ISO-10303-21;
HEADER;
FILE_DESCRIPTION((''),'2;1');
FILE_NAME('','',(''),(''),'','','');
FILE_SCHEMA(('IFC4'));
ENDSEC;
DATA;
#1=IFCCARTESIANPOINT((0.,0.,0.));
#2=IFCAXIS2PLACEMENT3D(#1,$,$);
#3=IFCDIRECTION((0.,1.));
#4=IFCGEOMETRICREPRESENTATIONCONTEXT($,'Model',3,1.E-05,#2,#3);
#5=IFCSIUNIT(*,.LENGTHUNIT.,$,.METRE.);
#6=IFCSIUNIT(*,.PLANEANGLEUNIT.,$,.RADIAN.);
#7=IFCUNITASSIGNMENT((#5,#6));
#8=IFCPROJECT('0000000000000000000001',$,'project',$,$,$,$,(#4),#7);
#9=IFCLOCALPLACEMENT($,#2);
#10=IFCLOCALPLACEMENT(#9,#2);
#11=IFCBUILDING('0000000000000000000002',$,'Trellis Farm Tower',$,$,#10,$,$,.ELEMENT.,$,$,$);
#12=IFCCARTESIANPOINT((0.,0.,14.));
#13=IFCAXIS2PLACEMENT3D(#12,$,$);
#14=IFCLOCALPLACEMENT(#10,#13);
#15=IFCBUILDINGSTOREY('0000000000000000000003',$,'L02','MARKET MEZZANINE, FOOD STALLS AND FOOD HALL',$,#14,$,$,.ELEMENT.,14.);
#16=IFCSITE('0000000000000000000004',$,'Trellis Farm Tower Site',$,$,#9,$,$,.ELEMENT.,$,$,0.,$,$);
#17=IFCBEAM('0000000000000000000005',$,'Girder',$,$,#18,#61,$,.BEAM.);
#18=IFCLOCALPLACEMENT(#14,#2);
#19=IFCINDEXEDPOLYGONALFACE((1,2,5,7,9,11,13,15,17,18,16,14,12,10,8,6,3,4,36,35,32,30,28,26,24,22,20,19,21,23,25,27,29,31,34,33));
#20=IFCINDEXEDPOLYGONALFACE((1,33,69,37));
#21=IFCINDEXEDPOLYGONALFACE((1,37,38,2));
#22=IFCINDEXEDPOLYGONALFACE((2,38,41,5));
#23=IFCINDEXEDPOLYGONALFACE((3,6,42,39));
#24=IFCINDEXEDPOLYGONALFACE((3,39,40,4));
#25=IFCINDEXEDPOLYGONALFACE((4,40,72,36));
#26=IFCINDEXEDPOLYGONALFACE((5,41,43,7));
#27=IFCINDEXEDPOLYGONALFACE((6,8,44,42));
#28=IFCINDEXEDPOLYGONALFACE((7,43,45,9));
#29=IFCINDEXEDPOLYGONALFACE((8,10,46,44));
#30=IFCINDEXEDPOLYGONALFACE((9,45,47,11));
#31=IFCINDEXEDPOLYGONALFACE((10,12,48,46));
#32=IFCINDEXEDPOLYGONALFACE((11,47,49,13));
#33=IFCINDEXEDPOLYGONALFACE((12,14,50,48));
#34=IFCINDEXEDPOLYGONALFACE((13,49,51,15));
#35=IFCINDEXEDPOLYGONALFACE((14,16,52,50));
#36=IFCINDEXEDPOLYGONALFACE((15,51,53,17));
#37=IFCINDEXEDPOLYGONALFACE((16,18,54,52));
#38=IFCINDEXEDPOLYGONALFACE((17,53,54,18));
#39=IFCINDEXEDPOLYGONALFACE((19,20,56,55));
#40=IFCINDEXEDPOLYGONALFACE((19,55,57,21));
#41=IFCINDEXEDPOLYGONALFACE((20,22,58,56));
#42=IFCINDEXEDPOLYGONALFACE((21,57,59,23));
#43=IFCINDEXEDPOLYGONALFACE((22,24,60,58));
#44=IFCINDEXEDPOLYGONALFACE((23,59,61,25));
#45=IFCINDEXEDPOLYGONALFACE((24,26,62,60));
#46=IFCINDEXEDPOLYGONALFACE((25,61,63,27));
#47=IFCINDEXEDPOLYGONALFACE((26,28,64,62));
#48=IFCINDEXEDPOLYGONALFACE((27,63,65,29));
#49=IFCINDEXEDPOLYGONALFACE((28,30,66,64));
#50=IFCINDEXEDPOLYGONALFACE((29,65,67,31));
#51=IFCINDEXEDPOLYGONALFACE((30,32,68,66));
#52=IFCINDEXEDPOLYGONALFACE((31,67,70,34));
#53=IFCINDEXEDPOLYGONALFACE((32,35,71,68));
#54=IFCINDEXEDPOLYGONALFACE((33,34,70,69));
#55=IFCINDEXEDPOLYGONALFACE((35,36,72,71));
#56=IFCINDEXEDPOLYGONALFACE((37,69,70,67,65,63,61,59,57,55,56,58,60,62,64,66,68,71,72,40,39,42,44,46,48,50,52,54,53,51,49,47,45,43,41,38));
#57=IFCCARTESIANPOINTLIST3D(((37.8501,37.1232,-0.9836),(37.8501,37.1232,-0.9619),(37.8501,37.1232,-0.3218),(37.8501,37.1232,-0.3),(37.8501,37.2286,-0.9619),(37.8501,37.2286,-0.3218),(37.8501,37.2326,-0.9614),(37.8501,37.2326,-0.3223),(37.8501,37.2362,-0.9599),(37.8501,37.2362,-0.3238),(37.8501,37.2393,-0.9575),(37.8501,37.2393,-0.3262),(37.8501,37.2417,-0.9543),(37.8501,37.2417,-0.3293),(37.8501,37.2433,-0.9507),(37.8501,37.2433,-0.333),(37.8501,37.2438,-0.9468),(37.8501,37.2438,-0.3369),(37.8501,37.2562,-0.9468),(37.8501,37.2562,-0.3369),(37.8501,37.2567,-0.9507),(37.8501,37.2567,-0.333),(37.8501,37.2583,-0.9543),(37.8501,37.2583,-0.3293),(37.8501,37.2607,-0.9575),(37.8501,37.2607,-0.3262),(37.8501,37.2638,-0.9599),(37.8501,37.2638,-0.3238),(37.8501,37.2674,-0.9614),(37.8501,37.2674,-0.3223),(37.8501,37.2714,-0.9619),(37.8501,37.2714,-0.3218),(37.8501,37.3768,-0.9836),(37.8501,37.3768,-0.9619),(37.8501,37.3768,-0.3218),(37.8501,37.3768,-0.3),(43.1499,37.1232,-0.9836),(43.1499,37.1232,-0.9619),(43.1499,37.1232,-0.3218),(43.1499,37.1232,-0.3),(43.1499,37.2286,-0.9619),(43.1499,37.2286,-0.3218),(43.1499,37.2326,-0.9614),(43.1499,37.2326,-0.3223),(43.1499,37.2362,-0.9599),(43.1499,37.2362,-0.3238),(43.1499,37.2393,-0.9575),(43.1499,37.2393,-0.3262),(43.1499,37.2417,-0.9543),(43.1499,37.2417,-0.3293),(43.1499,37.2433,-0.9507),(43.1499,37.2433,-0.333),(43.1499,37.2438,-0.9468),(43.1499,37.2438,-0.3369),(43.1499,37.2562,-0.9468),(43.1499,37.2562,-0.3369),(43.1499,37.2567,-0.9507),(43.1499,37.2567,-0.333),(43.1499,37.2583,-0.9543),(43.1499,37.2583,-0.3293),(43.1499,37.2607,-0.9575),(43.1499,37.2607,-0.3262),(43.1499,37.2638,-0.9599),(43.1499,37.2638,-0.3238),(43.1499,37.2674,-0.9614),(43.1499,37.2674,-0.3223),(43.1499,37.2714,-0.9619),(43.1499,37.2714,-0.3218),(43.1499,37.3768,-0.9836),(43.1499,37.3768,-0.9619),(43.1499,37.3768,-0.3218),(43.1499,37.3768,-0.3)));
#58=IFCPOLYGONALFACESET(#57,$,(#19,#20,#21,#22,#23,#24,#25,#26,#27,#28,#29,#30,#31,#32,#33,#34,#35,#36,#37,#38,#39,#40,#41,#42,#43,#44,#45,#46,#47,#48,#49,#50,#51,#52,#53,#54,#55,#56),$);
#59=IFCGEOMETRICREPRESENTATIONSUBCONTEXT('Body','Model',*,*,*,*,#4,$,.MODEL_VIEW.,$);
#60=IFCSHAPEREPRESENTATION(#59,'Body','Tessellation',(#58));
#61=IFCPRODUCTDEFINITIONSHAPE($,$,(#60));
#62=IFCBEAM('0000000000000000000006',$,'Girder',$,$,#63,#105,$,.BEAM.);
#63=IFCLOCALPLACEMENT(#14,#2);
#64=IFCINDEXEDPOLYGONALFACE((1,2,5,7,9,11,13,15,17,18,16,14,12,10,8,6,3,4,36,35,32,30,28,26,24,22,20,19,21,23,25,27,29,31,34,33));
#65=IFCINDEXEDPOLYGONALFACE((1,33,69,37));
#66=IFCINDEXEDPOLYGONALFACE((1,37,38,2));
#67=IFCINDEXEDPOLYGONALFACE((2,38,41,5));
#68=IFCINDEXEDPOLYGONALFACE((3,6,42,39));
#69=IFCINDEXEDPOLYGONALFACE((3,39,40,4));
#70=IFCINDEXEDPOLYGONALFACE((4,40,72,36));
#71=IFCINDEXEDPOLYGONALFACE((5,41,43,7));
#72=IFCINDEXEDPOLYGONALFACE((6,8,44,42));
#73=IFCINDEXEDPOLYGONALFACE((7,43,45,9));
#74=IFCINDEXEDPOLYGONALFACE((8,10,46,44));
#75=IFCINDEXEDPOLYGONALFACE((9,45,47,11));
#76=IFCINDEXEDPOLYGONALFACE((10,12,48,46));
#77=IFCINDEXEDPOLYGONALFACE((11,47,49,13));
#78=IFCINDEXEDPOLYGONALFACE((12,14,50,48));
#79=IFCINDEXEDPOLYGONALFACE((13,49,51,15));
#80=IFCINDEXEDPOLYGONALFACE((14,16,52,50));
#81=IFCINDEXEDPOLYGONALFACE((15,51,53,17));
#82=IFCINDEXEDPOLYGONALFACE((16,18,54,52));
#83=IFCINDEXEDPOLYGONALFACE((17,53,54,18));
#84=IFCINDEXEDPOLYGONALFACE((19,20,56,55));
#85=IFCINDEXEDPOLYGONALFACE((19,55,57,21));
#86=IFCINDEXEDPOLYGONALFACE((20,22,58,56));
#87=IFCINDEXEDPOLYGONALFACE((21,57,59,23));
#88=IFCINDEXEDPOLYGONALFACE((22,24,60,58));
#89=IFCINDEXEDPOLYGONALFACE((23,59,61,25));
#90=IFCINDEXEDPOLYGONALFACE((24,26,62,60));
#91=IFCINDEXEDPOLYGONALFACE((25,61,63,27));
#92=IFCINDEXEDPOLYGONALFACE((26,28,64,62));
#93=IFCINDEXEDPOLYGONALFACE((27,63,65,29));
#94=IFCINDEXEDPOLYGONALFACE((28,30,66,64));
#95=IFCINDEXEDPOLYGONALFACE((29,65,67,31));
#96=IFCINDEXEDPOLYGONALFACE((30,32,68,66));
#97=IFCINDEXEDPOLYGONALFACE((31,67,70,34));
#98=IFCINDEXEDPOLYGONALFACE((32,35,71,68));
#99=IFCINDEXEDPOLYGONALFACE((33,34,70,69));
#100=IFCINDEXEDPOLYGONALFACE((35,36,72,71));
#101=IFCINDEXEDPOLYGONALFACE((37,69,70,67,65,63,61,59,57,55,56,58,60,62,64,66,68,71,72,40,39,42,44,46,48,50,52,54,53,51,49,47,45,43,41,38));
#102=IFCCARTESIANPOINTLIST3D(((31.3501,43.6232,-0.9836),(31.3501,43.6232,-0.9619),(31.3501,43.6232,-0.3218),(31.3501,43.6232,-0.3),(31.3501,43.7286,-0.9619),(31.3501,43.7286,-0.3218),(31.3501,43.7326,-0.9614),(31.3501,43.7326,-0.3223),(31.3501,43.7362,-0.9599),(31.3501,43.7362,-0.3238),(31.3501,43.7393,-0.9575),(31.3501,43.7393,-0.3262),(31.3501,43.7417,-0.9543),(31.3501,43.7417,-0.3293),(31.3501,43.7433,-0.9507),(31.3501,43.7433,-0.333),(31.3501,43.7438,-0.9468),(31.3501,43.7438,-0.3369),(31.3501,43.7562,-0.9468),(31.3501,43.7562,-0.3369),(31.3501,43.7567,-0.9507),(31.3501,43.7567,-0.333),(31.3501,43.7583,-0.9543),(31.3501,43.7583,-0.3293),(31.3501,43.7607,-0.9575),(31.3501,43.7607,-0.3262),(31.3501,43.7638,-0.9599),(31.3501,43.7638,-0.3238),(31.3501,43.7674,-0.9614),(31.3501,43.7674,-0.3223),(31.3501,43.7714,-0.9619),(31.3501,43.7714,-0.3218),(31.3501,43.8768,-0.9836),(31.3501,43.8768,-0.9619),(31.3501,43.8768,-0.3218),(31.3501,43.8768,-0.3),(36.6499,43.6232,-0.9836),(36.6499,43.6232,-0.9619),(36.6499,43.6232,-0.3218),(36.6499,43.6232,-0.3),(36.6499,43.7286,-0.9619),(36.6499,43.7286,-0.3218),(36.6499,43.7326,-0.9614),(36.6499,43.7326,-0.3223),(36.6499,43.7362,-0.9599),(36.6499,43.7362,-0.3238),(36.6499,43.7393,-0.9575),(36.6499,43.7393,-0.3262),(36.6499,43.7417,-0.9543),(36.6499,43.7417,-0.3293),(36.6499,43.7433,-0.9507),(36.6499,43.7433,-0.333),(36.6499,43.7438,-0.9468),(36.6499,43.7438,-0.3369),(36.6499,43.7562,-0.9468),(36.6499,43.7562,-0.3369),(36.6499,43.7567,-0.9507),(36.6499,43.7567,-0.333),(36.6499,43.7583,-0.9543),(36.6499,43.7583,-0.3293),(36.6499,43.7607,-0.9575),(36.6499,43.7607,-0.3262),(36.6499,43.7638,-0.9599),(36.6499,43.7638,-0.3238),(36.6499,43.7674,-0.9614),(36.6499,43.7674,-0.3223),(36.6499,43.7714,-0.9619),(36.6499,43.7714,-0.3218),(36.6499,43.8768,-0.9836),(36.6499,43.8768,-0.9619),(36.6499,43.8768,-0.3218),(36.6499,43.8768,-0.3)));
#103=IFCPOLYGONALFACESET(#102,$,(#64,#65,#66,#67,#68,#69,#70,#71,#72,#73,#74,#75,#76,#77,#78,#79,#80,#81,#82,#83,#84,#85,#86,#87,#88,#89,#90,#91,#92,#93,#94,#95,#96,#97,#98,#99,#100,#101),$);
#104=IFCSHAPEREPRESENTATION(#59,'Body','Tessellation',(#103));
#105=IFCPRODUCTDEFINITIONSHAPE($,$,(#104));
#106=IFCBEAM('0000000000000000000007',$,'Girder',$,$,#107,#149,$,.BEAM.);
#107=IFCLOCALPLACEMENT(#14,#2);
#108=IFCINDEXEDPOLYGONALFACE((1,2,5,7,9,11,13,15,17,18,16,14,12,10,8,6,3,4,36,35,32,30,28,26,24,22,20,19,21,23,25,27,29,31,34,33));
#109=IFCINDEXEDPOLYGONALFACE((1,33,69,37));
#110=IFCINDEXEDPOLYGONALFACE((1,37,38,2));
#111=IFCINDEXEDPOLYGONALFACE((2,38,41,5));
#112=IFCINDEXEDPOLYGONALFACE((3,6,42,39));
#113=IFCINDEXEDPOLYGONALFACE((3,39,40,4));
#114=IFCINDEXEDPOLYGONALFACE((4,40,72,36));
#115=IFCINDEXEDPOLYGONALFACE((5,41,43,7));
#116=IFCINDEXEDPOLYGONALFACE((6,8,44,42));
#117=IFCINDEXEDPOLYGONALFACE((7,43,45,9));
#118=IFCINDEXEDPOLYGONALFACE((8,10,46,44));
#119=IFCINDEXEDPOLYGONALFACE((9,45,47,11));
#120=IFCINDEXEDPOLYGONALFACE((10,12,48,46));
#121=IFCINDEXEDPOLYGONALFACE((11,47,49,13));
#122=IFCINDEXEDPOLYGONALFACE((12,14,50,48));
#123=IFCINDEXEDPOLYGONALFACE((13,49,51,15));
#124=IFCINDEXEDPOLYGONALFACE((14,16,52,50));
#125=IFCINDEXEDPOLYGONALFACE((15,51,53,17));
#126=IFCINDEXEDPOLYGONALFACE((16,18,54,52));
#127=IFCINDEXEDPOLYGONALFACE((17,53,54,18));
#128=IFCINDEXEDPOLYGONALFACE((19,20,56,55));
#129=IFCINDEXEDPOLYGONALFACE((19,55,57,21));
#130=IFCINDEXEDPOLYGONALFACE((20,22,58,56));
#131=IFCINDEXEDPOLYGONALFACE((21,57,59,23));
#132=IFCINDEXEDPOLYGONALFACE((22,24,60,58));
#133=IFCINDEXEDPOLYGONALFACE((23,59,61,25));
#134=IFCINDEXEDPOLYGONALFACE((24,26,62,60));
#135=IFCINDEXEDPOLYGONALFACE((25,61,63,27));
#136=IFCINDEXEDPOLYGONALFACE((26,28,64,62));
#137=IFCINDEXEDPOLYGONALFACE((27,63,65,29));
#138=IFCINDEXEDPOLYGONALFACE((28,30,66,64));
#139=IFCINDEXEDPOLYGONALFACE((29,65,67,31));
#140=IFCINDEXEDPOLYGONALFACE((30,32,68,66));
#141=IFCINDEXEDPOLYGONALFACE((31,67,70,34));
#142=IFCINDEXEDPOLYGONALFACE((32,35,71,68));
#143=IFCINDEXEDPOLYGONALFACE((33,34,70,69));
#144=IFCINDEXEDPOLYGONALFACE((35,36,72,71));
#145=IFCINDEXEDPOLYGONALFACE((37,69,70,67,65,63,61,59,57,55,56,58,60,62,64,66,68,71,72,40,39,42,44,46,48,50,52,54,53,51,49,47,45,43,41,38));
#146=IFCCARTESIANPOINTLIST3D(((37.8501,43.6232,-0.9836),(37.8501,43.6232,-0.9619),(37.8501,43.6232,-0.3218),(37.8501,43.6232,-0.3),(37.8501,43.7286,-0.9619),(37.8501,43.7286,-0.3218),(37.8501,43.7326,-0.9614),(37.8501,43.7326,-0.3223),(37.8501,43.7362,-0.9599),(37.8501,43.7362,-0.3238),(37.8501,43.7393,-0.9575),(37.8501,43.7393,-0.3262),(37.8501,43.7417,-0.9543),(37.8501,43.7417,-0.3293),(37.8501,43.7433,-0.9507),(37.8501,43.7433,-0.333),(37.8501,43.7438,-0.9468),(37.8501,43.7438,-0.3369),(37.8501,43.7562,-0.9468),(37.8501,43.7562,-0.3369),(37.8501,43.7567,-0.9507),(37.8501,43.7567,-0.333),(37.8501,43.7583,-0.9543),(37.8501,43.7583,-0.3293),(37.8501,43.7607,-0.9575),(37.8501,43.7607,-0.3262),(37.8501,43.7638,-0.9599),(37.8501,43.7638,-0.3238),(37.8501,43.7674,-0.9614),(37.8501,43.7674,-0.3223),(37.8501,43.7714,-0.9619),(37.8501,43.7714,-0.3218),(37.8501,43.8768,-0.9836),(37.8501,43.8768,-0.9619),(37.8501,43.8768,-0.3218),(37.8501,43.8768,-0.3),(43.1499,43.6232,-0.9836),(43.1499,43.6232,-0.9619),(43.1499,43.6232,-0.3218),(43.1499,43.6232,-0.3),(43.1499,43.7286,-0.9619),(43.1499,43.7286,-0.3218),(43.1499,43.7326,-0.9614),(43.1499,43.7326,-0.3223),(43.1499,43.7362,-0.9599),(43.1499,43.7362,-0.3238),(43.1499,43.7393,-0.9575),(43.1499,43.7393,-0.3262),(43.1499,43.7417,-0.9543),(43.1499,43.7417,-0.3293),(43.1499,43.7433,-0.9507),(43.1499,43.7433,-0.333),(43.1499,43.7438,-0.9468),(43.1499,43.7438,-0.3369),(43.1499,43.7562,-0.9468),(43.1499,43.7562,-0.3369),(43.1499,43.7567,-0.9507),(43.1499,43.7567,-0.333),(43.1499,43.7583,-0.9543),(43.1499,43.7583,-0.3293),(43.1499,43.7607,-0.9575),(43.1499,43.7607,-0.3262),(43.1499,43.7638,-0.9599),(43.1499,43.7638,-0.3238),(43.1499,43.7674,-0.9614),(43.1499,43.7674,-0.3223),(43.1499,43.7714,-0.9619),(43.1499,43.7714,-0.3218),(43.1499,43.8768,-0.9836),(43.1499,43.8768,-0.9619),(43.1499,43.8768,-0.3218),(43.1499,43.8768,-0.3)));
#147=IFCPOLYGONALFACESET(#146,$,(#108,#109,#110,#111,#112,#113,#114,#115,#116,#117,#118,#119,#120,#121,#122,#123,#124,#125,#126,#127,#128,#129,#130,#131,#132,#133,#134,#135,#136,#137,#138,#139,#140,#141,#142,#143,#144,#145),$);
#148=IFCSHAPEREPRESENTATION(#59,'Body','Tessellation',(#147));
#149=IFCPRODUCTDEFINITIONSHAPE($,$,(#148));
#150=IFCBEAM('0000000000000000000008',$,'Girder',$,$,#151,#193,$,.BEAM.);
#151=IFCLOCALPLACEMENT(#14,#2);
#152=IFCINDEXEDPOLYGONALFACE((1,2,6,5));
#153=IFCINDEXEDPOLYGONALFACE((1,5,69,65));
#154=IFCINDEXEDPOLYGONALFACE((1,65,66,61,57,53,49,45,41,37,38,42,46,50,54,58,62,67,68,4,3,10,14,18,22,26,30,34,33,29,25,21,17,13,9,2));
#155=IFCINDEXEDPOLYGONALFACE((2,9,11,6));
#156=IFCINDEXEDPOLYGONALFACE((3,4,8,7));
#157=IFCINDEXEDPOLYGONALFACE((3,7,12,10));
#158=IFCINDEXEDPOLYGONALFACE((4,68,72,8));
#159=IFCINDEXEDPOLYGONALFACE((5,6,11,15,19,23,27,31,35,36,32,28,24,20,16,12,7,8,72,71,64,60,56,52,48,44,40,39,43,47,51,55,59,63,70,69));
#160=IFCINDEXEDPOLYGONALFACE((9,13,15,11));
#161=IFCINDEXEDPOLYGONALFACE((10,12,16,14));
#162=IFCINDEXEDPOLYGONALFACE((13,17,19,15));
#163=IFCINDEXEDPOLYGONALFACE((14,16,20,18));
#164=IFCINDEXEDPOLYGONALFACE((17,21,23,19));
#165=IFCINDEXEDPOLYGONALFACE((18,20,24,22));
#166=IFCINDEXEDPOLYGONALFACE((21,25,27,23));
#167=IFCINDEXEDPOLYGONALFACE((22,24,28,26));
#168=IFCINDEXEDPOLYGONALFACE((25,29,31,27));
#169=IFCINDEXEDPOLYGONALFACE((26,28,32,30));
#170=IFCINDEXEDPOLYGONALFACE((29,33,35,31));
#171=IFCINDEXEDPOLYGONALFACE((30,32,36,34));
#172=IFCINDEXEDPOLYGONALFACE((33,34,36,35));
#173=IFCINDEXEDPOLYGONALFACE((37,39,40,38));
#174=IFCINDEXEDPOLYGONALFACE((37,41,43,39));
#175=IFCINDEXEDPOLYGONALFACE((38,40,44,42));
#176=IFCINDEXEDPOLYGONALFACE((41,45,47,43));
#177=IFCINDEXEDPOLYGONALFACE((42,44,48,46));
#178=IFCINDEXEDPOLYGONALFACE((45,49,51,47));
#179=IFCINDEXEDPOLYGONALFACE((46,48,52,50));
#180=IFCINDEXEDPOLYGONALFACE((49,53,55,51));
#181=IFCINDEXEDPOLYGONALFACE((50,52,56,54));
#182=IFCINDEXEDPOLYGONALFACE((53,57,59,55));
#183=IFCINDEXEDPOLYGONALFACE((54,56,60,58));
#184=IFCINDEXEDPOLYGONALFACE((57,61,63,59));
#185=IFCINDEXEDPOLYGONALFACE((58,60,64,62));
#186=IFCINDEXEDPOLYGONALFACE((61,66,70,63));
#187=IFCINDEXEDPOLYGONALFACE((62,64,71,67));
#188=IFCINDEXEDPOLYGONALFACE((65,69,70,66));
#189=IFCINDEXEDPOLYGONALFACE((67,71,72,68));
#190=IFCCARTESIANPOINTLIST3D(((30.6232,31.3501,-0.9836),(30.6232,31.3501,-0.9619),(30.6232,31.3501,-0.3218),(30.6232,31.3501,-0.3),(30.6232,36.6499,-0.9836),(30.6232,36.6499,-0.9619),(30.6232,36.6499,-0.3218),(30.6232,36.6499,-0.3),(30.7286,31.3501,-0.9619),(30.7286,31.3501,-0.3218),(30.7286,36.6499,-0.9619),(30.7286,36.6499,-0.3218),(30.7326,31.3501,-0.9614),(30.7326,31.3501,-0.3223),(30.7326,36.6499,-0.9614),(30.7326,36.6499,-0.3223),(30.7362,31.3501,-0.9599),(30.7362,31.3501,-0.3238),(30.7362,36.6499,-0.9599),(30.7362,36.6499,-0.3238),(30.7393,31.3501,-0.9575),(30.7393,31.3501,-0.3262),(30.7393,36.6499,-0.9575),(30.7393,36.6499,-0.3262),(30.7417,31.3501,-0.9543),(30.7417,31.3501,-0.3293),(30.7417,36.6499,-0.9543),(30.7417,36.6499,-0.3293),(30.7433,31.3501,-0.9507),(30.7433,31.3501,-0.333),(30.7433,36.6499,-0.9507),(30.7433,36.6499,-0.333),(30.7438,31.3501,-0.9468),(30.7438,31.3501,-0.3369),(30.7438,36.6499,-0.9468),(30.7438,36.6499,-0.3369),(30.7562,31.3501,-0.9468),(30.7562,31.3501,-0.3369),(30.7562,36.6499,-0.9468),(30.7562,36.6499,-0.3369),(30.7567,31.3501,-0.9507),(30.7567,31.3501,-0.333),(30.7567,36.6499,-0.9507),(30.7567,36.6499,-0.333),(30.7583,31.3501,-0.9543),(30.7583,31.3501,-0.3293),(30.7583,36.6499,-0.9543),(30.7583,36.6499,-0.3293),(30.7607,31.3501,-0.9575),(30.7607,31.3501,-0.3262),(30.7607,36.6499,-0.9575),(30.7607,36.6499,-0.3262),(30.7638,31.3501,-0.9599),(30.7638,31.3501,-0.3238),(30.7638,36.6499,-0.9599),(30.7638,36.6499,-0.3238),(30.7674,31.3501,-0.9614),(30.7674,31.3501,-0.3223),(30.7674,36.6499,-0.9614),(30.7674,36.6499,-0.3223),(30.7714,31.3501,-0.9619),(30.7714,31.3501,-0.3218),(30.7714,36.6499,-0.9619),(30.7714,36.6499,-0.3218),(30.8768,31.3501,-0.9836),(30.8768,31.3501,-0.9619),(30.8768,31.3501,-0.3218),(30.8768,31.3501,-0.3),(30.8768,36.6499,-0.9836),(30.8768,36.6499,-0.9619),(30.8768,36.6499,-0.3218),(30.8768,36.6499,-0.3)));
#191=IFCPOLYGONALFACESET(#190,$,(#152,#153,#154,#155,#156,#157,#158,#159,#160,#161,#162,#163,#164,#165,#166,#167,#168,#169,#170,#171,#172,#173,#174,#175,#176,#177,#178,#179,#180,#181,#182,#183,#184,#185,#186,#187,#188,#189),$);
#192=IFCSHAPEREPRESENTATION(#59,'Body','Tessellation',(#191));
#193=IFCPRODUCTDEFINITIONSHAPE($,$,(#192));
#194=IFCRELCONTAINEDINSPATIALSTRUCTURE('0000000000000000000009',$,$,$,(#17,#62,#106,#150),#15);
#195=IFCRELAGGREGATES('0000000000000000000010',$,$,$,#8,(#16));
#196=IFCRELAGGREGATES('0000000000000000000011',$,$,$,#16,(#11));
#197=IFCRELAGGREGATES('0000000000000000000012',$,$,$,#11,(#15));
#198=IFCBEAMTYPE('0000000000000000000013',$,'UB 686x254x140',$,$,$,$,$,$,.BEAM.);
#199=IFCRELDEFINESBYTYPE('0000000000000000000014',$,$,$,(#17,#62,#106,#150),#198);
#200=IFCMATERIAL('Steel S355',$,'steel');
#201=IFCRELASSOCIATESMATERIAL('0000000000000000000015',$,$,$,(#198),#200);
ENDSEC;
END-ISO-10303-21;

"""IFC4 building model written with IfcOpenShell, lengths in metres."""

from ifc_helpers import new_model, si_unit, direction, frame, origin, origin_2d, place, context, subcontext, project, spatial, i_section, extrude, source, transform, mapped, material, material_profile, profile_set, type_object, element, save


model = new_model("IFC4")

# Units and contexts
model_context = context("Model", 3, precision=1e-05, world=origin(), true_north=direction((0.0, 1.0)))
body_context = subcontext(model_context, "Body", "Model", "MODEL_VIEW")
ifc_project = project(units=[si_unit("LENGTHUNIT", "METRE"), si_unit("PLANEANGLEUNIT", "RADIAN")], contexts=[model_context])

# Site, building, storey
site_placement = place(None, origin())
site = spatial("IfcSite", under=ifc_project, at=site_placement, Name="Trellis Farm Tower Site", CompositionType="ELEMENT", RefElevation=0.0)
building_placement = place(site_placement, origin())
building = spatial("IfcBuilding", under=site, at=building_placement, Name="Trellis Farm Tower", CompositionType="ELEMENT")
storey_placement = place(building_placement, frame((0.0, 0.0, 14.0)))
storey = spatial("IfcBuildingStorey", under=building, at=storey_placement, Name="L02", Description="MARKET MEZZANINE, FOOD STALLS AND FOOD HALL", CompositionType="ELEMENT", Elevation=14.0)

# Beams
ifc_material_1 = material(Name="Steel S355", Category="steel")
ifc_material_profile_1 = material_profile(ifc_material_1, i_section(OverallWidth=0.2537, OverallDepth=0.6836, WebThickness=0.0125, FlangeThickness=0.0217, FilletRadius=0.0151, at=origin_2d()), Name="UB 686x254x140")
ifc_profile_set_1 = profile_set([ifc_material_profile_1], Name="Steel S355")
beam_type_1 = type_object("IfcBeamType", Name="UB 686x254x140", PredefinedType="BEAM", material=ifc_profile_set_1)
shared_shape_1 = source(origin(), body_context, "Body", "SweptSolid", [
    extrude(i_section(OverallWidth=0.2537, OverallDepth=0.6836, WebThickness=0.0125, FlangeThickness=0.0217, FilletRadius=0.0151, at=origin_2d()), origin(), (0.0, 0.0, 1.0), 5.2998),
])
for number, where, z_axis, x_axis, name in (
    (1, (37.8501, 37.25, -0.6418), (1.0, 0.0, 0.0), (0.0, 1.0, 0.0), "Girder"),
    (2, (31.3501, 43.75, -0.6418), (1.0, 0.0, 0.0), (0.0, 1.0, 0.0), "Girder"),
    (3, (37.8501, 43.75, -0.6418), (1.0, 0.0, 0.0), (0.0, 1.0, 0.0), "Girder"),
    (4, (30.75, 31.3501, -0.6418), (0.0, 1.0, 0.0), (-1.0, 0.0, 0.0), "Girder"),
):
    element("IfcBeam", number, at=place(storey_placement, frame(where, z_axis=z_axis, x_axis=x_axis)), inside=storey, type_object=beam_type_1, Name=name, PredefinedType="BEAM", context=body_context, shape_type="MappedRepresentation", body=[
        mapped(shared_shape_1, transform((0.0, 0.0, 0.0))),
    ])

save(model, "model.ifc")
